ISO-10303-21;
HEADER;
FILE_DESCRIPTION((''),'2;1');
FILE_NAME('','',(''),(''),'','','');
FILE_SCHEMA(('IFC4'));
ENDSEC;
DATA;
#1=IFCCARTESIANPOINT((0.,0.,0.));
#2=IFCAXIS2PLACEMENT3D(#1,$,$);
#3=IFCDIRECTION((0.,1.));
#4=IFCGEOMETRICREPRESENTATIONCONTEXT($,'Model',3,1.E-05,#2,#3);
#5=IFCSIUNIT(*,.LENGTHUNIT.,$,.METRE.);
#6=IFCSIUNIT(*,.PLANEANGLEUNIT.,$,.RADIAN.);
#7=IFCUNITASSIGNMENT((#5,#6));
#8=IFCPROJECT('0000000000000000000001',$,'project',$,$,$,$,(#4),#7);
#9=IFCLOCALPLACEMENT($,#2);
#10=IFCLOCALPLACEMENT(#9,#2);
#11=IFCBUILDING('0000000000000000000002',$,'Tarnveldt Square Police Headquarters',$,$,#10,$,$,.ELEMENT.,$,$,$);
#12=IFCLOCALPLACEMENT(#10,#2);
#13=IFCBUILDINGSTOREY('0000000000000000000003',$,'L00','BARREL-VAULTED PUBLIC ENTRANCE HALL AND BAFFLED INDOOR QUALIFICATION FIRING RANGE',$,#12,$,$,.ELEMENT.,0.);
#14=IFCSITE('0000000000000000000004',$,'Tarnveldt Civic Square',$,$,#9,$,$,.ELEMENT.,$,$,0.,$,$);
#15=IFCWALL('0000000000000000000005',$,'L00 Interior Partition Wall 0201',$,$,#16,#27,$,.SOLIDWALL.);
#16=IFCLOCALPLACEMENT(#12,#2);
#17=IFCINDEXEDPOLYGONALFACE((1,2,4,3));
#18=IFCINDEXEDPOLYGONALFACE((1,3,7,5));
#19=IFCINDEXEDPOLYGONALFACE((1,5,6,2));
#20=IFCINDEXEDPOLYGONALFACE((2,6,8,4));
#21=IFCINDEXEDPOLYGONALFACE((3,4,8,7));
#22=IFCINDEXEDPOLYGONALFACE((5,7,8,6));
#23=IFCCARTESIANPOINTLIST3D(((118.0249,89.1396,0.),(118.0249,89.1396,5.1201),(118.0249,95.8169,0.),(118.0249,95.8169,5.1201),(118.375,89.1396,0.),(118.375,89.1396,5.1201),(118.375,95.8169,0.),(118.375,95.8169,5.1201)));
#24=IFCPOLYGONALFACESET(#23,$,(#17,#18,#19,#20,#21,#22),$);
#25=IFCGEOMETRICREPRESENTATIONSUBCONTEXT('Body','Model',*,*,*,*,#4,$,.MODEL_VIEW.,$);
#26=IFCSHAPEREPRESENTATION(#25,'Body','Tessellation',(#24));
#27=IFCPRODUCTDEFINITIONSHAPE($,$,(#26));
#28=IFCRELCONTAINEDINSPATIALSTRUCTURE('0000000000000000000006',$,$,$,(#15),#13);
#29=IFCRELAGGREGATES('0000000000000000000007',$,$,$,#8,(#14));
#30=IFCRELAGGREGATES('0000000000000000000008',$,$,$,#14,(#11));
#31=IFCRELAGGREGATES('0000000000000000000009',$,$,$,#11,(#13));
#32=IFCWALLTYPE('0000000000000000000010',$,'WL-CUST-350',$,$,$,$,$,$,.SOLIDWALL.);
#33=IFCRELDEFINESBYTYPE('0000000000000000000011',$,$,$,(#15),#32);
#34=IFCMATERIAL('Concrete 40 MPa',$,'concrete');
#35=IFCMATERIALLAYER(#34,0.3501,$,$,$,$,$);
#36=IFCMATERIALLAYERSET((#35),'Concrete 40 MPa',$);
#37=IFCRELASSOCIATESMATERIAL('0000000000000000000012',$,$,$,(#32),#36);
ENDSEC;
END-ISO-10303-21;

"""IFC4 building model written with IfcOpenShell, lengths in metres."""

from ifc_helpers import new_model, si_unit, direction, frame, frame_2d, origin, place, context, subcontext, project, spatial, rectangle, extrude, material, layer, layer_set, type_object, element, save


model = new_model("IFC4")

# Units and contexts
model_context = context("Model", 3, precision=1e-05, world=origin(), true_north=direction((0.0, 1.0)))
body_context = subcontext(model_context, "Body", "Model", "MODEL_VIEW")
ifc_project = project(units=[si_unit("LENGTHUNIT", "METRE"), si_unit("PLANEANGLEUNIT", "RADIAN")], contexts=[model_context])

# Site, building, storey
site_placement = place(None, origin())
site = spatial("IfcSite", under=ifc_project, at=site_placement, Name="Tarnveldt Civic Square", CompositionType="ELEMENT", RefElevation=0.0)
building_placement = place(site_placement, origin())
building = spatial("IfcBuilding", under=site, at=building_placement, Name="Tarnveldt Square Police Headquarters", CompositionType="ELEMENT")
storey_placement = place(building_placement, origin())
storey = spatial("IfcBuildingStorey", under=building, at=storey_placement, Name="L00", Description="BARREL-VAULTED PUBLIC ENTRANCE HALL AND BAFFLED INDOOR QUALIFICATION FIRING RANGE", CompositionType="ELEMENT", Elevation=0.0)

# Shared definitions
ifc_material_1 = material(Name="Concrete 40 MPa", Category="concrete")

# Shared definitions
ifc_layer = layer(ifc_material_1, 0.3501)
ifc_layer_set = layer_set([ifc_layer], Name="Concrete 40 MPa")
wall_type = type_object("IfcWallType", Name="WL-CUST-350", PredefinedType="SOLIDWALL", material=ifc_layer_set)

# Wall
wall_1_placement = place(storey_placement, frame((118.2, 89.1396, 0.0), z_axis=(0.0, 0.0, 1.0), x_axis=(0.0, 1.0, 0.0)))
element("IfcWall", 1, at=wall_1_placement, inside=storey, type_object=wall_type, Name="L00 Interior Partition Wall 0201", PredefinedType="SOLIDWALL", context=body_context, shape_type="SweptSolid", body=[
    extrude(rectangle(XDim=6.6772, YDim=0.3501, at=frame_2d((3.3386, 0.0))), origin(), (0.0, 0.0, 1.0), 5.1201),
])

save(model, "model.ifc")
